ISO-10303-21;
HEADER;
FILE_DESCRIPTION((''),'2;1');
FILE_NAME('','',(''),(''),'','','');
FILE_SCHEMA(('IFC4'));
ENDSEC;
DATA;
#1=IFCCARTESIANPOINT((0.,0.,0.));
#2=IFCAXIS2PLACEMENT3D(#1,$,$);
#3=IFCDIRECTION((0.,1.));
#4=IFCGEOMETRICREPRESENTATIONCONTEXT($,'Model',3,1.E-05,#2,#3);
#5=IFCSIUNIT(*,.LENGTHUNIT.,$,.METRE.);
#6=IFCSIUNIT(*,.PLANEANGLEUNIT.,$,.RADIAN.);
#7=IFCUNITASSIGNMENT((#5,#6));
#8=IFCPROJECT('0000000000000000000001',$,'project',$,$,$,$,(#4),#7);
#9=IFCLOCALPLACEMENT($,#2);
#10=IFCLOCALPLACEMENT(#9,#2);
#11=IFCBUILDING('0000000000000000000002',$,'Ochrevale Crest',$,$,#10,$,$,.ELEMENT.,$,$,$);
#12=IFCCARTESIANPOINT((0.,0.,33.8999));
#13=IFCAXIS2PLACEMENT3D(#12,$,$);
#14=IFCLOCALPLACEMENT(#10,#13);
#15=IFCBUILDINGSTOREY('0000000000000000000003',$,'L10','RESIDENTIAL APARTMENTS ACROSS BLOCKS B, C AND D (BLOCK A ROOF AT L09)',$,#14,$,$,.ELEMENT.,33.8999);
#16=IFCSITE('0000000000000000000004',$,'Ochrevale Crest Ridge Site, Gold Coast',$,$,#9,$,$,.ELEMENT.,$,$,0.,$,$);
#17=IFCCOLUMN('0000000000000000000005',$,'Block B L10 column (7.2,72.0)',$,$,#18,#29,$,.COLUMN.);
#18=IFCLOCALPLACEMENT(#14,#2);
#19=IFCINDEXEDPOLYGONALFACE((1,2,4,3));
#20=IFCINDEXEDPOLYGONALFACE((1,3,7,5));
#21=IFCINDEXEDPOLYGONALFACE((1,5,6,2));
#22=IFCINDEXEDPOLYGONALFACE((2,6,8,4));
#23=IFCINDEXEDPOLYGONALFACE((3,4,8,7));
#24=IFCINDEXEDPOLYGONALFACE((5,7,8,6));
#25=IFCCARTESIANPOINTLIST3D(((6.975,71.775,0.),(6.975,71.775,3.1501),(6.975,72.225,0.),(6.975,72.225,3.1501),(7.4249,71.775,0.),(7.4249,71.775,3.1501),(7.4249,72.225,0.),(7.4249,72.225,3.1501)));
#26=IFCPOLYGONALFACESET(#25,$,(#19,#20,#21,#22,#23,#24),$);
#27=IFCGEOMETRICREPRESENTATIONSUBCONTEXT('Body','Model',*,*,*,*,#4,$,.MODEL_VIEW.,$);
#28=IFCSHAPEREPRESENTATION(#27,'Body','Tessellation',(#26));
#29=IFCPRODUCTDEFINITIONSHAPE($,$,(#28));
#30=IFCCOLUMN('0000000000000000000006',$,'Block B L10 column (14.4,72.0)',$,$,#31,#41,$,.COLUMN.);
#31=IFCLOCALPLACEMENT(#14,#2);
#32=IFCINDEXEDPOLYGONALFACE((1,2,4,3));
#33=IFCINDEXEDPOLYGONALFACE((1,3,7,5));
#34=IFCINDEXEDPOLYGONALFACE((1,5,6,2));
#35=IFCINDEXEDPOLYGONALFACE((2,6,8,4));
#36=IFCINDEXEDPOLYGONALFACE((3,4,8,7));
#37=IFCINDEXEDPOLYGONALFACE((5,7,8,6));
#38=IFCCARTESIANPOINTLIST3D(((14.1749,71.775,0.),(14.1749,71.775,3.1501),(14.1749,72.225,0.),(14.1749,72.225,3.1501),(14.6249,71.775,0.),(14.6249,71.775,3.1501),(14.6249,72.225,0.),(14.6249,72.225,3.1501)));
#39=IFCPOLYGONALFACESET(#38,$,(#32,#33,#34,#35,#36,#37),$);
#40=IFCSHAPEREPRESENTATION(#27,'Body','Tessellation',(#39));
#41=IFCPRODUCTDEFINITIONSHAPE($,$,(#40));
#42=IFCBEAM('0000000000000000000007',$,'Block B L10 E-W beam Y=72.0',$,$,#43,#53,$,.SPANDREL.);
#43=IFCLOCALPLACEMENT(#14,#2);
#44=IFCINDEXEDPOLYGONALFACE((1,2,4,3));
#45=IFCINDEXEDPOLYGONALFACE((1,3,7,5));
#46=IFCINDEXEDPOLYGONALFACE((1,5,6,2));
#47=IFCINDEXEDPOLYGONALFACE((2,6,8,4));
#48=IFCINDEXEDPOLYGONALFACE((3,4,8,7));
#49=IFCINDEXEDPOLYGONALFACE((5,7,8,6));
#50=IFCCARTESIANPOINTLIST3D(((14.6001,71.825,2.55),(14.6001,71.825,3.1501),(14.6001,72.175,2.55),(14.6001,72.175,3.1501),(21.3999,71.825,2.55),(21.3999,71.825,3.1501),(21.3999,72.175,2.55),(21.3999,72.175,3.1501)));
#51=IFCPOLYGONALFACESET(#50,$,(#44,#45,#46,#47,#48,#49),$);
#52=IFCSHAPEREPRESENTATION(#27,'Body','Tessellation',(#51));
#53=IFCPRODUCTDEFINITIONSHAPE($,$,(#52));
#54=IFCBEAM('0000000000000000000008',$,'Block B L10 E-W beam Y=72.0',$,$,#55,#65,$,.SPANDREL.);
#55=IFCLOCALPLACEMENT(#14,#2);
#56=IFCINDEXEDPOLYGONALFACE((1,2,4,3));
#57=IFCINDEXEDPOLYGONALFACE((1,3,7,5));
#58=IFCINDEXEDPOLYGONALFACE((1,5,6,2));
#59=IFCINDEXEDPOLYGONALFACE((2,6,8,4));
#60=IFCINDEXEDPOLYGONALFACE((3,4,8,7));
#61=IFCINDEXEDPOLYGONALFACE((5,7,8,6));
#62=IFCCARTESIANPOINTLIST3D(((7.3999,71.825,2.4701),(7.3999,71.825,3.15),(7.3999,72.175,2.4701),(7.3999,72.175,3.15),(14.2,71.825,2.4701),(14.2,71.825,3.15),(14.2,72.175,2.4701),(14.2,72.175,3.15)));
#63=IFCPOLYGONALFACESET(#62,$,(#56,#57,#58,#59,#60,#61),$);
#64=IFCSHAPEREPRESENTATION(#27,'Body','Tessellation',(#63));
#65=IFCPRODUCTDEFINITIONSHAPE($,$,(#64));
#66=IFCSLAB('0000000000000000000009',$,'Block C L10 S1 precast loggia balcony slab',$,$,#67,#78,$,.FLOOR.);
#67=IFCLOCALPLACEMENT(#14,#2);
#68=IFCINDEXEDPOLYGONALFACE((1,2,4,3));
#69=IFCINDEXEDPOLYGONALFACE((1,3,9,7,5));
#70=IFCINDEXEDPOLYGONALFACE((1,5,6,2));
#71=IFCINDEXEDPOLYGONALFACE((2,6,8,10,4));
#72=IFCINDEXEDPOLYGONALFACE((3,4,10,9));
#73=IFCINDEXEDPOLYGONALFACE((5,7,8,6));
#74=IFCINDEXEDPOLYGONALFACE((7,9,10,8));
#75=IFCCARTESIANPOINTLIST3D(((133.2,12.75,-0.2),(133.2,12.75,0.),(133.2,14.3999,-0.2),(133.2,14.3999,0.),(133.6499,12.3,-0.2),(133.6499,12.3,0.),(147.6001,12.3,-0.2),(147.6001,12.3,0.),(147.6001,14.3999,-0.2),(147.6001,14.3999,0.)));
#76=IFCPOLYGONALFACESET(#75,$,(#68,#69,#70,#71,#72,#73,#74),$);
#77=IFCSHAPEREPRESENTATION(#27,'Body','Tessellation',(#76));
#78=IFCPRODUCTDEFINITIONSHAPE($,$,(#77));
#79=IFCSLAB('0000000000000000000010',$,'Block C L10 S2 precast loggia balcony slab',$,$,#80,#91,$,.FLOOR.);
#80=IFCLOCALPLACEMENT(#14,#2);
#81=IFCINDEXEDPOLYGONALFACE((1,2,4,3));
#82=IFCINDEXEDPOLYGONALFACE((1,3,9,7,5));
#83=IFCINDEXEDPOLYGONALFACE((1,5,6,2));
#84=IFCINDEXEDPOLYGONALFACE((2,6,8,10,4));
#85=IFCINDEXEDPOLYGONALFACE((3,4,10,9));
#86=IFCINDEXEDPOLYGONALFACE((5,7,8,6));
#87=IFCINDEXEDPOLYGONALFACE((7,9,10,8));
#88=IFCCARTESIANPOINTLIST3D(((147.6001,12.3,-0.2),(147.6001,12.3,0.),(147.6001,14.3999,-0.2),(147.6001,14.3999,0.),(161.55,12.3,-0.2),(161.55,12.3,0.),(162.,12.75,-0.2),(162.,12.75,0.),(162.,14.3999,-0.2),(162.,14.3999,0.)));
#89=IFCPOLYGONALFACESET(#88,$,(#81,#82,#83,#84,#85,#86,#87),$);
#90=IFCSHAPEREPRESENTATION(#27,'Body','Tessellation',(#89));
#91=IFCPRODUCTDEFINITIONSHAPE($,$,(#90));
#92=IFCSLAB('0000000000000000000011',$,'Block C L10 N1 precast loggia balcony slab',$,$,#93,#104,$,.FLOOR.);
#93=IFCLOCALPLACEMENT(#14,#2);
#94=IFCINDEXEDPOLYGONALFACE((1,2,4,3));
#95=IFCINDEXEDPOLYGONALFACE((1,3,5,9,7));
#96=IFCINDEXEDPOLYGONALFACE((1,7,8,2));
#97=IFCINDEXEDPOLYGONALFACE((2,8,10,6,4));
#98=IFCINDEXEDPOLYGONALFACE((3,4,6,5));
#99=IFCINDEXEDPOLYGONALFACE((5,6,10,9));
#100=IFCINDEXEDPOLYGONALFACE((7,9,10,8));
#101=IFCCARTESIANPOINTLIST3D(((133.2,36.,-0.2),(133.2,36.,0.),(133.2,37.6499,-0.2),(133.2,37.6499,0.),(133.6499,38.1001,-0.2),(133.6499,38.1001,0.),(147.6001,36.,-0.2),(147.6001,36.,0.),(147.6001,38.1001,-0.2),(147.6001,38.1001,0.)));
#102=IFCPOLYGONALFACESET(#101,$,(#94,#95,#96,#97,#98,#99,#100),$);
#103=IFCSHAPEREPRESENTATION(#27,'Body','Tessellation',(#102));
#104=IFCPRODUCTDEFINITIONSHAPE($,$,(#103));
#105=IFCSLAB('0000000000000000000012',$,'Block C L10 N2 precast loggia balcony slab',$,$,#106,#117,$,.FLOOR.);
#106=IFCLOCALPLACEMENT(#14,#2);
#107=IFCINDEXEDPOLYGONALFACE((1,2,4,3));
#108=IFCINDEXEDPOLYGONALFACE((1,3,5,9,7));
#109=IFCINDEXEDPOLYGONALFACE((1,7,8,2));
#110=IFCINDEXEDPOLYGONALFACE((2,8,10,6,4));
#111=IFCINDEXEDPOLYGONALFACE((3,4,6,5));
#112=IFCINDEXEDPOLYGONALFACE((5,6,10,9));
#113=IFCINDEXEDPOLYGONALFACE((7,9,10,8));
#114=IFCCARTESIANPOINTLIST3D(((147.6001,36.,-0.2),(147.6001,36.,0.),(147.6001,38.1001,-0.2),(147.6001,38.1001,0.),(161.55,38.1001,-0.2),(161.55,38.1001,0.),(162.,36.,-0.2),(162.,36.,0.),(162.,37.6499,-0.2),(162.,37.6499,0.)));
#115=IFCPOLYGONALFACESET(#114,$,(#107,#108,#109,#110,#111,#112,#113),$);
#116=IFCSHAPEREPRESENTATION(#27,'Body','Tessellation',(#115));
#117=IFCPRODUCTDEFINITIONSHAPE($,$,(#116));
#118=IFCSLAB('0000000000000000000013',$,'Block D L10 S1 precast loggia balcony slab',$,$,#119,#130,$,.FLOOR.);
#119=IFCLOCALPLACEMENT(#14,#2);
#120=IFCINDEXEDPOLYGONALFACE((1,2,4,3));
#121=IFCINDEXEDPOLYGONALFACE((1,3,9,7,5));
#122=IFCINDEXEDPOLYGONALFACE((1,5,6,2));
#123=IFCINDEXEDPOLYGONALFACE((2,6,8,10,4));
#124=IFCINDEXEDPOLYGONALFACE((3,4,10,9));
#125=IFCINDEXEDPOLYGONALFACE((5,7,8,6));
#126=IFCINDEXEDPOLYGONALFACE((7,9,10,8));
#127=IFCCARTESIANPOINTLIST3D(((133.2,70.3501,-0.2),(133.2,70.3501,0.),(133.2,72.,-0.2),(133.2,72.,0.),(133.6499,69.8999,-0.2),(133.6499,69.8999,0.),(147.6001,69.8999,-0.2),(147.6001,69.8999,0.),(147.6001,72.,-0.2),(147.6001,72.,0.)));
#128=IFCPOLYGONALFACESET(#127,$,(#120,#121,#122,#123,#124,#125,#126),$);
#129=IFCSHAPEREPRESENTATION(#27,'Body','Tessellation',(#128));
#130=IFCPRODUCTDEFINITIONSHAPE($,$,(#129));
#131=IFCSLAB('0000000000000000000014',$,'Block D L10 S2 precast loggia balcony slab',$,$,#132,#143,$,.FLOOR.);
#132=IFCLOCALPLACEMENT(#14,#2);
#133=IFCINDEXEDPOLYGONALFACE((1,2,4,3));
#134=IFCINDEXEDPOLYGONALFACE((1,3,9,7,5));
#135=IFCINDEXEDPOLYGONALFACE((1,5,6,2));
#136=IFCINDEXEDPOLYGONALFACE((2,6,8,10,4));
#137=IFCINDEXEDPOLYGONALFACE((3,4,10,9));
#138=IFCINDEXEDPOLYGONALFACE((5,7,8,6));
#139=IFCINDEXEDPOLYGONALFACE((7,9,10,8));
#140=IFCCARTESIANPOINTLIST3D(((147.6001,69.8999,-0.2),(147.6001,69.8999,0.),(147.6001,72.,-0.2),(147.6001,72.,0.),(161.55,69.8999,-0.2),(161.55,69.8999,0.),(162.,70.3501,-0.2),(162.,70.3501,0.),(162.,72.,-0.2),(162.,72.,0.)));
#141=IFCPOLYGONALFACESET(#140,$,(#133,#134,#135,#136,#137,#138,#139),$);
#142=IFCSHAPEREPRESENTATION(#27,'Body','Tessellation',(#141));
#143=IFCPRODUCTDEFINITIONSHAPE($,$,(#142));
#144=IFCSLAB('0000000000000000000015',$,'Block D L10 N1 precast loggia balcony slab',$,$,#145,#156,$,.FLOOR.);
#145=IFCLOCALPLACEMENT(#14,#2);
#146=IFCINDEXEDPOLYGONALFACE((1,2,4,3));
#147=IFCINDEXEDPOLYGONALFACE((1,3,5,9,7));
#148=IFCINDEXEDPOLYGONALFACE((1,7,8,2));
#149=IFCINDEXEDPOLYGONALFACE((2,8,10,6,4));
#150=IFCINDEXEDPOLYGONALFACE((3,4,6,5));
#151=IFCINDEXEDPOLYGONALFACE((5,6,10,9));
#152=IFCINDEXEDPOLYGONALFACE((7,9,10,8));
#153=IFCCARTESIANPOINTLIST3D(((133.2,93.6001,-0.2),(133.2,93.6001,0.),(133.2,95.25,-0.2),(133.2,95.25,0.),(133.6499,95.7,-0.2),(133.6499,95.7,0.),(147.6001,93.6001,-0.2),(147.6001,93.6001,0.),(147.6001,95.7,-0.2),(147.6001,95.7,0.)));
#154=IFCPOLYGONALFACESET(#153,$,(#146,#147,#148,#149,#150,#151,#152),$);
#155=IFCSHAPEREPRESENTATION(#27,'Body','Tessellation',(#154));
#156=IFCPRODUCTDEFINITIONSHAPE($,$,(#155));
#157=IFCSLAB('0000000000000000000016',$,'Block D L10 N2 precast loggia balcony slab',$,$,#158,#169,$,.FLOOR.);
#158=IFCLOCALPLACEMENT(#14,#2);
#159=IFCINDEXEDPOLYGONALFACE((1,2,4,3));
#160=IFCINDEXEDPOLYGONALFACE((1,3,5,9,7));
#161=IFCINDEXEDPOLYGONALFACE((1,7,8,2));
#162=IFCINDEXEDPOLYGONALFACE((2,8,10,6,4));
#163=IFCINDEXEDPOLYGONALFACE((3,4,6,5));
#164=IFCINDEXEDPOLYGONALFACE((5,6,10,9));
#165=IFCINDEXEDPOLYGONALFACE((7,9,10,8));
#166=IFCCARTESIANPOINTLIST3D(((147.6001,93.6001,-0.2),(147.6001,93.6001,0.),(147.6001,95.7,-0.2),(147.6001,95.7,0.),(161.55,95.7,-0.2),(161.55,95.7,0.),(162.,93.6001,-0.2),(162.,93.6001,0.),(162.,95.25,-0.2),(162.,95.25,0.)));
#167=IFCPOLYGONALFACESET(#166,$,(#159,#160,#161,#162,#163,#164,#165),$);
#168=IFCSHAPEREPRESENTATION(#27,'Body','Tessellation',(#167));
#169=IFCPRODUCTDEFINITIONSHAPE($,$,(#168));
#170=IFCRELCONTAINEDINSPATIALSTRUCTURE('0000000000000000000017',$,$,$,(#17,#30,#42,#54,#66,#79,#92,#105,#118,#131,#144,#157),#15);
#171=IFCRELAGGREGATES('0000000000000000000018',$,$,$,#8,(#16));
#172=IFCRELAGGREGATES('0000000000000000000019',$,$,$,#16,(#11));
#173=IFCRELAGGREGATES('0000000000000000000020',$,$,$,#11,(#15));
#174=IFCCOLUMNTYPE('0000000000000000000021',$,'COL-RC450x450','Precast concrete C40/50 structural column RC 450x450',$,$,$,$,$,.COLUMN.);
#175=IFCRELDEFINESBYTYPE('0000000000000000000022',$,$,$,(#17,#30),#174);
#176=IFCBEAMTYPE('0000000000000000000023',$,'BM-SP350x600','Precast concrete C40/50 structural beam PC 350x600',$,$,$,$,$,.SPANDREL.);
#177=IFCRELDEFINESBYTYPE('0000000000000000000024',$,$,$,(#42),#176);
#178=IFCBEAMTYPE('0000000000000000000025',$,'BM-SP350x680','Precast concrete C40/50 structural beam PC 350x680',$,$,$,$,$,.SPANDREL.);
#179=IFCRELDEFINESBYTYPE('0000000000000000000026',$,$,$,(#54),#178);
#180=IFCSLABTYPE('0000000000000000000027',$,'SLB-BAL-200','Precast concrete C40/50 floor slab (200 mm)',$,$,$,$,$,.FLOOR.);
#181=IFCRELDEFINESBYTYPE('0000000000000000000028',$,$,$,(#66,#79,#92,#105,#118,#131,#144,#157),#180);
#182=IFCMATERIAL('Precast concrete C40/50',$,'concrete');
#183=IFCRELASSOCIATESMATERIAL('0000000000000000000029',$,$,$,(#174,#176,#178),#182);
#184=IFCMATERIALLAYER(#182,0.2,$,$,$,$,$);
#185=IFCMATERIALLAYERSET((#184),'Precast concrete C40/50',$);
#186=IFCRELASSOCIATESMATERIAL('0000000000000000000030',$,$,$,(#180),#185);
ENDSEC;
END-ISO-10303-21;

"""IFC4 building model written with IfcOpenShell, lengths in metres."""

from ifc_helpers import new_model, si_unit, direction, frame, origin, origin_2d, place, context, subcontext, project, spatial, polyline, rectangle, outline, extrude, material, layer, layer_set, material_profile, profile_set, type_object, element, save


model = new_model("IFC4")

# Units and contexts
model_context = context("Model", 3, precision=1e-05, world=origin(), true_north=direction((0.0, 1.0)))
body_context = subcontext(model_context, "Body", "Model", "MODEL_VIEW")
ifc_project = project(units=[si_unit("LENGTHUNIT", "METRE"), si_unit("PLANEANGLEUNIT", "RADIAN")], contexts=[model_context])

# Site, building, storey
site_placement = place(None, origin())
site = spatial("IfcSite", under=ifc_project, at=site_placement, Name="Ochrevale Crest Ridge Site, Gold Coast", CompositionType="ELEMENT", RefElevation=0.0)
building_placement = place(site_placement, origin())
building = spatial("IfcBuilding", under=site, at=building_placement, Name="Ochrevale Crest", CompositionType="ELEMENT")
storey_placement = place(building_placement, frame((0.0, 0.0, 33.8999)))
storey = spatial("IfcBuildingStorey", under=building, at=storey_placement, Name="L10", Description="RESIDENTIAL APARTMENTS ACROSS BLOCKS B, C AND D (BLOCK A ROOF AT L09)", CompositionType="ELEMENT", Elevation=33.8999)

# Columns
ifc_material_1 = material(Name="Precast concrete C40/50", Category="concrete")
ifc_material_profile_1 = material_profile(ifc_material_1, rectangle(XDim=0.45, YDim=0.45, at=origin_2d()), Name="RC 450x450")
ifc_profile_set_1 = profile_set([ifc_material_profile_1], Name="Precast concrete C40/50")
column_type = type_object("IfcColumnType", Name="COL-RC450x450", Description="Precast concrete C40/50 structural column RC 450x450", PredefinedType="COLUMN", material=ifc_profile_set_1)
for number, where, z_axis, x_axis, name in (
    (1, (7.2, 72.0, 0.0), (0.0, 0.0, 1.0), (1.0, 0.0, 0.0), "Block B L10 column (7.2,72.0)"),
    (2, (14.3999, 72.0, 0.0), (0.0, 0.0, 1.0), (1.0, 0.0, 0.0), "Block B L10 column (14.4,72.0)"),
):
    element("IfcColumn", number, at=place(storey_placement, frame(where, z_axis=z_axis, x_axis=x_axis)), inside=storey, type_object=column_type, Name=name, PredefinedType="COLUMN", context=body_context, shape_type="SweptSolid", body=[
        extrude(rectangle(XDim=0.45, YDim=0.45, at=origin_2d()), origin(), (0.0, 0.0, 1.0), 3.1501),
    ])

# Beams
ifc_material_profile_2 = material_profile(ifc_material_1, rectangle(XDim=0.3501, YDim=0.6001, at=origin_2d()), Name="PC 350x600")
ifc_profile_set_2 = profile_set([ifc_material_profile_2], Name="Precast concrete C40/50")
beam_type_1 = type_object("IfcBeamType", Name="BM-SP350x600", Description="Precast concrete C40/50 structural beam PC 350x600", PredefinedType="SPANDREL", material=ifc_profile_set_2)
beam_1_placement = place(storey_placement, frame((14.6001, 72.0, 2.8501), z_axis=(1.0, 0.0, 0.0), x_axis=(0.0, 1.0, 0.0)))
element("IfcBeam", 3, at=beam_1_placement, inside=storey, type_object=beam_type_1, Name="Block B L10 E-W beam Y=72.0", PredefinedType="SPANDREL", context=body_context, shape_type="SweptSolid", body=[
    extrude(rectangle(XDim=0.3501, YDim=0.6001, at=origin_2d()), origin(), (0.0, 0.0, 1.0), 6.7998),
])
ifc_material_profile_3 = material_profile(ifc_material_1, rectangle(XDim=0.3501, YDim=0.6799, at=origin_2d()), Name="PC 350x680")
ifc_profile_set_3 = profile_set([ifc_material_profile_3], Name="Precast concrete C40/50")
beam_type_2 = type_object("IfcBeamType", Name="BM-SP350x680", Description="Precast concrete C40/50 structural beam PC 350x680", PredefinedType="SPANDREL", material=ifc_profile_set_3)
beam_2_placement = place(storey_placement, frame((7.3999, 72.0, 2.8101), z_axis=(1.0, 0.0, 0.0), x_axis=(0.0, 1.0, 0.0)))
element("IfcBeam", 4, at=beam_2_placement, inside=storey, type_object=beam_type_2, Name="Block B L10 E-W beam Y=72.0", PredefinedType="SPANDREL", context=body_context, shape_type="SweptSolid", body=[
    extrude(rectangle(XDim=0.3501, YDim=0.6799, at=origin_2d()), origin(), (0.0, 0.0, 1.0), 6.8),
])

# Slabs
ifc_layer_1 = layer(ifc_material_1, 0.2)
ifc_layer_set_1 = layer_set([ifc_layer_1], Name="Precast concrete C40/50")
slab_type_1 = type_object("IfcSlabType", Name="SLB-BAL-200", Description="Precast concrete C40/50 floor slab (200 mm)", PredefinedType="FLOOR", material=ifc_layer_set_1)
slab_1_placement = place(storey_placement, frame((0.0, 0.0, -0.2)))
element("IfcSlab", 5, at=slab_1_placement, inside=storey, type_object=slab_type_1, Name="Block C L10 S1 precast loggia balcony slab", PredefinedType="FLOOR", context=body_context, shape_type="SweptSolid", body=[
    extrude(outline(polyline([(133.6499, 12.3), (147.6001, 12.3), (147.6001, 14.3999), (133.2, 14.3999), (133.2, 12.75), (133.6499, 12.3)])), origin(), (0.0, 0.0, 1.0), 0.2),
])
slab_2_placement = place(storey_placement, frame((0.0, 0.0, -0.2)))
element("IfcSlab", 6, at=slab_2_placement, inside=storey, type_object=slab_type_1, Name="Block C L10 S2 precast loggia balcony slab", PredefinedType="FLOOR", context=body_context, shape_type="SweptSolid", body=[
    extrude(outline(polyline([(147.6001, 12.3), (161.55, 12.3), (162.0, 12.75), (162.0, 14.3999), (147.6001, 14.3999), (147.6001, 12.3)])), origin(), (0.0, 0.0, 1.0), 0.2),
])
slab_3_placement = place(storey_placement, frame((0.0, 0.0, -0.2)))
element("IfcSlab", 7, at=slab_3_placement, inside=storey, type_object=slab_type_1, Name="Block C L10 N1 precast loggia balcony slab", PredefinedType="FLOOR", context=body_context, shape_type="SweptSolid", body=[
    extrude(outline(polyline([(133.2, 36.0), (147.6001, 36.0), (147.6001, 38.1001), (133.6499, 38.1001), (133.2, 37.6499), (133.2, 36.0)])), origin(), (0.0, 0.0, 1.0), 0.2),
])
slab_4_placement = place(storey_placement, frame((0.0, 0.0, -0.2)))
element("IfcSlab", 8, at=slab_4_placement, inside=storey, type_object=slab_type_1, Name="Block C L10 N2 precast loggia balcony slab", PredefinedType="FLOOR", context=body_context, shape_type="SweptSolid", body=[
    extrude(outline(polyline([(147.6001, 36.0), (162.0, 36.0), (162.0, 37.6499), (161.55, 38.1001), (147.6001, 38.1001), (147.6001, 36.0)])), origin(), (0.0, 0.0, 1.0), 0.2),
])
slab_5_placement = place(storey_placement, frame((0.0, 0.0, -0.2)))
element("IfcSlab", 9, at=slab_5_placement, inside=storey, type_object=slab_type_1, Name="Block D L10 S1 precast loggia balcony slab", PredefinedType="FLOOR", context=body_context, shape_type="SweptSolid", body=[
    extrude(outline(polyline([(133.6499, 69.8999), (147.6001, 69.8999), (147.6001, 72.0), (133.2, 72.0), (133.2, 70.3501), (133.6499, 69.8999)])), origin(), (0.0, 0.0, 1.0), 0.2),
])
slab_6_placement = place(storey_placement, frame((0.0, 0.0, -0.2)))
element("IfcSlab", 10, at=slab_6_placement, inside=storey, type_object=slab_type_1, Name="Block D L10 S2 precast loggia balcony slab", PredefinedType="FLOOR", context=body_context, shape_type="SweptSolid", body=[
    extrude(outline(polyline([(147.6001, 69.8999), (161.55, 69.8999), (162.0, 70.3501), (162.0, 72.0), (147.6001, 72.0), (147.6001, 69.8999)])), origin(), (0.0, 0.0, 1.0), 0.2),
])
slab_7_placement = place(storey_placement, frame((0.0, 0.0, -0.2)))
element("IfcSlab", 11, at=slab_7_placement, inside=storey, type_object=slab_type_1, Name="Block D L10 N1 precast loggia balcony slab", PredefinedType="FLOOR", context=body_context, shape_type="SweptSolid", body=[
    extrude(outline(polyline([(133.2, 93.6001), (147.6001, 93.6001), (147.6001, 95.7), (133.6499, 95.7), (133.2, 95.25), (133.2, 93.6001)])), origin(), (0.0, 0.0, 1.0), 0.2),
])
slab_8_placement = place(storey_placement, frame((0.0, 0.0, -0.2)))
element("IfcSlab", 12, at=slab_8_placement, inside=storey, type_object=slab_type_1, Name="Block D L10 N2 precast loggia balcony slab", PredefinedType="FLOOR", context=body_context, shape_type="SweptSolid", body=[
    extrude(outline(polyline([(147.6001, 93.6001), (162.0, 93.6001), (162.0, 95.25), (161.55, 95.7), (147.6001, 95.7), (147.6001, 93.6001)])), origin(), (0.0, 0.0, 1.0), 0.2),
])

save(model, "model.ifc")
